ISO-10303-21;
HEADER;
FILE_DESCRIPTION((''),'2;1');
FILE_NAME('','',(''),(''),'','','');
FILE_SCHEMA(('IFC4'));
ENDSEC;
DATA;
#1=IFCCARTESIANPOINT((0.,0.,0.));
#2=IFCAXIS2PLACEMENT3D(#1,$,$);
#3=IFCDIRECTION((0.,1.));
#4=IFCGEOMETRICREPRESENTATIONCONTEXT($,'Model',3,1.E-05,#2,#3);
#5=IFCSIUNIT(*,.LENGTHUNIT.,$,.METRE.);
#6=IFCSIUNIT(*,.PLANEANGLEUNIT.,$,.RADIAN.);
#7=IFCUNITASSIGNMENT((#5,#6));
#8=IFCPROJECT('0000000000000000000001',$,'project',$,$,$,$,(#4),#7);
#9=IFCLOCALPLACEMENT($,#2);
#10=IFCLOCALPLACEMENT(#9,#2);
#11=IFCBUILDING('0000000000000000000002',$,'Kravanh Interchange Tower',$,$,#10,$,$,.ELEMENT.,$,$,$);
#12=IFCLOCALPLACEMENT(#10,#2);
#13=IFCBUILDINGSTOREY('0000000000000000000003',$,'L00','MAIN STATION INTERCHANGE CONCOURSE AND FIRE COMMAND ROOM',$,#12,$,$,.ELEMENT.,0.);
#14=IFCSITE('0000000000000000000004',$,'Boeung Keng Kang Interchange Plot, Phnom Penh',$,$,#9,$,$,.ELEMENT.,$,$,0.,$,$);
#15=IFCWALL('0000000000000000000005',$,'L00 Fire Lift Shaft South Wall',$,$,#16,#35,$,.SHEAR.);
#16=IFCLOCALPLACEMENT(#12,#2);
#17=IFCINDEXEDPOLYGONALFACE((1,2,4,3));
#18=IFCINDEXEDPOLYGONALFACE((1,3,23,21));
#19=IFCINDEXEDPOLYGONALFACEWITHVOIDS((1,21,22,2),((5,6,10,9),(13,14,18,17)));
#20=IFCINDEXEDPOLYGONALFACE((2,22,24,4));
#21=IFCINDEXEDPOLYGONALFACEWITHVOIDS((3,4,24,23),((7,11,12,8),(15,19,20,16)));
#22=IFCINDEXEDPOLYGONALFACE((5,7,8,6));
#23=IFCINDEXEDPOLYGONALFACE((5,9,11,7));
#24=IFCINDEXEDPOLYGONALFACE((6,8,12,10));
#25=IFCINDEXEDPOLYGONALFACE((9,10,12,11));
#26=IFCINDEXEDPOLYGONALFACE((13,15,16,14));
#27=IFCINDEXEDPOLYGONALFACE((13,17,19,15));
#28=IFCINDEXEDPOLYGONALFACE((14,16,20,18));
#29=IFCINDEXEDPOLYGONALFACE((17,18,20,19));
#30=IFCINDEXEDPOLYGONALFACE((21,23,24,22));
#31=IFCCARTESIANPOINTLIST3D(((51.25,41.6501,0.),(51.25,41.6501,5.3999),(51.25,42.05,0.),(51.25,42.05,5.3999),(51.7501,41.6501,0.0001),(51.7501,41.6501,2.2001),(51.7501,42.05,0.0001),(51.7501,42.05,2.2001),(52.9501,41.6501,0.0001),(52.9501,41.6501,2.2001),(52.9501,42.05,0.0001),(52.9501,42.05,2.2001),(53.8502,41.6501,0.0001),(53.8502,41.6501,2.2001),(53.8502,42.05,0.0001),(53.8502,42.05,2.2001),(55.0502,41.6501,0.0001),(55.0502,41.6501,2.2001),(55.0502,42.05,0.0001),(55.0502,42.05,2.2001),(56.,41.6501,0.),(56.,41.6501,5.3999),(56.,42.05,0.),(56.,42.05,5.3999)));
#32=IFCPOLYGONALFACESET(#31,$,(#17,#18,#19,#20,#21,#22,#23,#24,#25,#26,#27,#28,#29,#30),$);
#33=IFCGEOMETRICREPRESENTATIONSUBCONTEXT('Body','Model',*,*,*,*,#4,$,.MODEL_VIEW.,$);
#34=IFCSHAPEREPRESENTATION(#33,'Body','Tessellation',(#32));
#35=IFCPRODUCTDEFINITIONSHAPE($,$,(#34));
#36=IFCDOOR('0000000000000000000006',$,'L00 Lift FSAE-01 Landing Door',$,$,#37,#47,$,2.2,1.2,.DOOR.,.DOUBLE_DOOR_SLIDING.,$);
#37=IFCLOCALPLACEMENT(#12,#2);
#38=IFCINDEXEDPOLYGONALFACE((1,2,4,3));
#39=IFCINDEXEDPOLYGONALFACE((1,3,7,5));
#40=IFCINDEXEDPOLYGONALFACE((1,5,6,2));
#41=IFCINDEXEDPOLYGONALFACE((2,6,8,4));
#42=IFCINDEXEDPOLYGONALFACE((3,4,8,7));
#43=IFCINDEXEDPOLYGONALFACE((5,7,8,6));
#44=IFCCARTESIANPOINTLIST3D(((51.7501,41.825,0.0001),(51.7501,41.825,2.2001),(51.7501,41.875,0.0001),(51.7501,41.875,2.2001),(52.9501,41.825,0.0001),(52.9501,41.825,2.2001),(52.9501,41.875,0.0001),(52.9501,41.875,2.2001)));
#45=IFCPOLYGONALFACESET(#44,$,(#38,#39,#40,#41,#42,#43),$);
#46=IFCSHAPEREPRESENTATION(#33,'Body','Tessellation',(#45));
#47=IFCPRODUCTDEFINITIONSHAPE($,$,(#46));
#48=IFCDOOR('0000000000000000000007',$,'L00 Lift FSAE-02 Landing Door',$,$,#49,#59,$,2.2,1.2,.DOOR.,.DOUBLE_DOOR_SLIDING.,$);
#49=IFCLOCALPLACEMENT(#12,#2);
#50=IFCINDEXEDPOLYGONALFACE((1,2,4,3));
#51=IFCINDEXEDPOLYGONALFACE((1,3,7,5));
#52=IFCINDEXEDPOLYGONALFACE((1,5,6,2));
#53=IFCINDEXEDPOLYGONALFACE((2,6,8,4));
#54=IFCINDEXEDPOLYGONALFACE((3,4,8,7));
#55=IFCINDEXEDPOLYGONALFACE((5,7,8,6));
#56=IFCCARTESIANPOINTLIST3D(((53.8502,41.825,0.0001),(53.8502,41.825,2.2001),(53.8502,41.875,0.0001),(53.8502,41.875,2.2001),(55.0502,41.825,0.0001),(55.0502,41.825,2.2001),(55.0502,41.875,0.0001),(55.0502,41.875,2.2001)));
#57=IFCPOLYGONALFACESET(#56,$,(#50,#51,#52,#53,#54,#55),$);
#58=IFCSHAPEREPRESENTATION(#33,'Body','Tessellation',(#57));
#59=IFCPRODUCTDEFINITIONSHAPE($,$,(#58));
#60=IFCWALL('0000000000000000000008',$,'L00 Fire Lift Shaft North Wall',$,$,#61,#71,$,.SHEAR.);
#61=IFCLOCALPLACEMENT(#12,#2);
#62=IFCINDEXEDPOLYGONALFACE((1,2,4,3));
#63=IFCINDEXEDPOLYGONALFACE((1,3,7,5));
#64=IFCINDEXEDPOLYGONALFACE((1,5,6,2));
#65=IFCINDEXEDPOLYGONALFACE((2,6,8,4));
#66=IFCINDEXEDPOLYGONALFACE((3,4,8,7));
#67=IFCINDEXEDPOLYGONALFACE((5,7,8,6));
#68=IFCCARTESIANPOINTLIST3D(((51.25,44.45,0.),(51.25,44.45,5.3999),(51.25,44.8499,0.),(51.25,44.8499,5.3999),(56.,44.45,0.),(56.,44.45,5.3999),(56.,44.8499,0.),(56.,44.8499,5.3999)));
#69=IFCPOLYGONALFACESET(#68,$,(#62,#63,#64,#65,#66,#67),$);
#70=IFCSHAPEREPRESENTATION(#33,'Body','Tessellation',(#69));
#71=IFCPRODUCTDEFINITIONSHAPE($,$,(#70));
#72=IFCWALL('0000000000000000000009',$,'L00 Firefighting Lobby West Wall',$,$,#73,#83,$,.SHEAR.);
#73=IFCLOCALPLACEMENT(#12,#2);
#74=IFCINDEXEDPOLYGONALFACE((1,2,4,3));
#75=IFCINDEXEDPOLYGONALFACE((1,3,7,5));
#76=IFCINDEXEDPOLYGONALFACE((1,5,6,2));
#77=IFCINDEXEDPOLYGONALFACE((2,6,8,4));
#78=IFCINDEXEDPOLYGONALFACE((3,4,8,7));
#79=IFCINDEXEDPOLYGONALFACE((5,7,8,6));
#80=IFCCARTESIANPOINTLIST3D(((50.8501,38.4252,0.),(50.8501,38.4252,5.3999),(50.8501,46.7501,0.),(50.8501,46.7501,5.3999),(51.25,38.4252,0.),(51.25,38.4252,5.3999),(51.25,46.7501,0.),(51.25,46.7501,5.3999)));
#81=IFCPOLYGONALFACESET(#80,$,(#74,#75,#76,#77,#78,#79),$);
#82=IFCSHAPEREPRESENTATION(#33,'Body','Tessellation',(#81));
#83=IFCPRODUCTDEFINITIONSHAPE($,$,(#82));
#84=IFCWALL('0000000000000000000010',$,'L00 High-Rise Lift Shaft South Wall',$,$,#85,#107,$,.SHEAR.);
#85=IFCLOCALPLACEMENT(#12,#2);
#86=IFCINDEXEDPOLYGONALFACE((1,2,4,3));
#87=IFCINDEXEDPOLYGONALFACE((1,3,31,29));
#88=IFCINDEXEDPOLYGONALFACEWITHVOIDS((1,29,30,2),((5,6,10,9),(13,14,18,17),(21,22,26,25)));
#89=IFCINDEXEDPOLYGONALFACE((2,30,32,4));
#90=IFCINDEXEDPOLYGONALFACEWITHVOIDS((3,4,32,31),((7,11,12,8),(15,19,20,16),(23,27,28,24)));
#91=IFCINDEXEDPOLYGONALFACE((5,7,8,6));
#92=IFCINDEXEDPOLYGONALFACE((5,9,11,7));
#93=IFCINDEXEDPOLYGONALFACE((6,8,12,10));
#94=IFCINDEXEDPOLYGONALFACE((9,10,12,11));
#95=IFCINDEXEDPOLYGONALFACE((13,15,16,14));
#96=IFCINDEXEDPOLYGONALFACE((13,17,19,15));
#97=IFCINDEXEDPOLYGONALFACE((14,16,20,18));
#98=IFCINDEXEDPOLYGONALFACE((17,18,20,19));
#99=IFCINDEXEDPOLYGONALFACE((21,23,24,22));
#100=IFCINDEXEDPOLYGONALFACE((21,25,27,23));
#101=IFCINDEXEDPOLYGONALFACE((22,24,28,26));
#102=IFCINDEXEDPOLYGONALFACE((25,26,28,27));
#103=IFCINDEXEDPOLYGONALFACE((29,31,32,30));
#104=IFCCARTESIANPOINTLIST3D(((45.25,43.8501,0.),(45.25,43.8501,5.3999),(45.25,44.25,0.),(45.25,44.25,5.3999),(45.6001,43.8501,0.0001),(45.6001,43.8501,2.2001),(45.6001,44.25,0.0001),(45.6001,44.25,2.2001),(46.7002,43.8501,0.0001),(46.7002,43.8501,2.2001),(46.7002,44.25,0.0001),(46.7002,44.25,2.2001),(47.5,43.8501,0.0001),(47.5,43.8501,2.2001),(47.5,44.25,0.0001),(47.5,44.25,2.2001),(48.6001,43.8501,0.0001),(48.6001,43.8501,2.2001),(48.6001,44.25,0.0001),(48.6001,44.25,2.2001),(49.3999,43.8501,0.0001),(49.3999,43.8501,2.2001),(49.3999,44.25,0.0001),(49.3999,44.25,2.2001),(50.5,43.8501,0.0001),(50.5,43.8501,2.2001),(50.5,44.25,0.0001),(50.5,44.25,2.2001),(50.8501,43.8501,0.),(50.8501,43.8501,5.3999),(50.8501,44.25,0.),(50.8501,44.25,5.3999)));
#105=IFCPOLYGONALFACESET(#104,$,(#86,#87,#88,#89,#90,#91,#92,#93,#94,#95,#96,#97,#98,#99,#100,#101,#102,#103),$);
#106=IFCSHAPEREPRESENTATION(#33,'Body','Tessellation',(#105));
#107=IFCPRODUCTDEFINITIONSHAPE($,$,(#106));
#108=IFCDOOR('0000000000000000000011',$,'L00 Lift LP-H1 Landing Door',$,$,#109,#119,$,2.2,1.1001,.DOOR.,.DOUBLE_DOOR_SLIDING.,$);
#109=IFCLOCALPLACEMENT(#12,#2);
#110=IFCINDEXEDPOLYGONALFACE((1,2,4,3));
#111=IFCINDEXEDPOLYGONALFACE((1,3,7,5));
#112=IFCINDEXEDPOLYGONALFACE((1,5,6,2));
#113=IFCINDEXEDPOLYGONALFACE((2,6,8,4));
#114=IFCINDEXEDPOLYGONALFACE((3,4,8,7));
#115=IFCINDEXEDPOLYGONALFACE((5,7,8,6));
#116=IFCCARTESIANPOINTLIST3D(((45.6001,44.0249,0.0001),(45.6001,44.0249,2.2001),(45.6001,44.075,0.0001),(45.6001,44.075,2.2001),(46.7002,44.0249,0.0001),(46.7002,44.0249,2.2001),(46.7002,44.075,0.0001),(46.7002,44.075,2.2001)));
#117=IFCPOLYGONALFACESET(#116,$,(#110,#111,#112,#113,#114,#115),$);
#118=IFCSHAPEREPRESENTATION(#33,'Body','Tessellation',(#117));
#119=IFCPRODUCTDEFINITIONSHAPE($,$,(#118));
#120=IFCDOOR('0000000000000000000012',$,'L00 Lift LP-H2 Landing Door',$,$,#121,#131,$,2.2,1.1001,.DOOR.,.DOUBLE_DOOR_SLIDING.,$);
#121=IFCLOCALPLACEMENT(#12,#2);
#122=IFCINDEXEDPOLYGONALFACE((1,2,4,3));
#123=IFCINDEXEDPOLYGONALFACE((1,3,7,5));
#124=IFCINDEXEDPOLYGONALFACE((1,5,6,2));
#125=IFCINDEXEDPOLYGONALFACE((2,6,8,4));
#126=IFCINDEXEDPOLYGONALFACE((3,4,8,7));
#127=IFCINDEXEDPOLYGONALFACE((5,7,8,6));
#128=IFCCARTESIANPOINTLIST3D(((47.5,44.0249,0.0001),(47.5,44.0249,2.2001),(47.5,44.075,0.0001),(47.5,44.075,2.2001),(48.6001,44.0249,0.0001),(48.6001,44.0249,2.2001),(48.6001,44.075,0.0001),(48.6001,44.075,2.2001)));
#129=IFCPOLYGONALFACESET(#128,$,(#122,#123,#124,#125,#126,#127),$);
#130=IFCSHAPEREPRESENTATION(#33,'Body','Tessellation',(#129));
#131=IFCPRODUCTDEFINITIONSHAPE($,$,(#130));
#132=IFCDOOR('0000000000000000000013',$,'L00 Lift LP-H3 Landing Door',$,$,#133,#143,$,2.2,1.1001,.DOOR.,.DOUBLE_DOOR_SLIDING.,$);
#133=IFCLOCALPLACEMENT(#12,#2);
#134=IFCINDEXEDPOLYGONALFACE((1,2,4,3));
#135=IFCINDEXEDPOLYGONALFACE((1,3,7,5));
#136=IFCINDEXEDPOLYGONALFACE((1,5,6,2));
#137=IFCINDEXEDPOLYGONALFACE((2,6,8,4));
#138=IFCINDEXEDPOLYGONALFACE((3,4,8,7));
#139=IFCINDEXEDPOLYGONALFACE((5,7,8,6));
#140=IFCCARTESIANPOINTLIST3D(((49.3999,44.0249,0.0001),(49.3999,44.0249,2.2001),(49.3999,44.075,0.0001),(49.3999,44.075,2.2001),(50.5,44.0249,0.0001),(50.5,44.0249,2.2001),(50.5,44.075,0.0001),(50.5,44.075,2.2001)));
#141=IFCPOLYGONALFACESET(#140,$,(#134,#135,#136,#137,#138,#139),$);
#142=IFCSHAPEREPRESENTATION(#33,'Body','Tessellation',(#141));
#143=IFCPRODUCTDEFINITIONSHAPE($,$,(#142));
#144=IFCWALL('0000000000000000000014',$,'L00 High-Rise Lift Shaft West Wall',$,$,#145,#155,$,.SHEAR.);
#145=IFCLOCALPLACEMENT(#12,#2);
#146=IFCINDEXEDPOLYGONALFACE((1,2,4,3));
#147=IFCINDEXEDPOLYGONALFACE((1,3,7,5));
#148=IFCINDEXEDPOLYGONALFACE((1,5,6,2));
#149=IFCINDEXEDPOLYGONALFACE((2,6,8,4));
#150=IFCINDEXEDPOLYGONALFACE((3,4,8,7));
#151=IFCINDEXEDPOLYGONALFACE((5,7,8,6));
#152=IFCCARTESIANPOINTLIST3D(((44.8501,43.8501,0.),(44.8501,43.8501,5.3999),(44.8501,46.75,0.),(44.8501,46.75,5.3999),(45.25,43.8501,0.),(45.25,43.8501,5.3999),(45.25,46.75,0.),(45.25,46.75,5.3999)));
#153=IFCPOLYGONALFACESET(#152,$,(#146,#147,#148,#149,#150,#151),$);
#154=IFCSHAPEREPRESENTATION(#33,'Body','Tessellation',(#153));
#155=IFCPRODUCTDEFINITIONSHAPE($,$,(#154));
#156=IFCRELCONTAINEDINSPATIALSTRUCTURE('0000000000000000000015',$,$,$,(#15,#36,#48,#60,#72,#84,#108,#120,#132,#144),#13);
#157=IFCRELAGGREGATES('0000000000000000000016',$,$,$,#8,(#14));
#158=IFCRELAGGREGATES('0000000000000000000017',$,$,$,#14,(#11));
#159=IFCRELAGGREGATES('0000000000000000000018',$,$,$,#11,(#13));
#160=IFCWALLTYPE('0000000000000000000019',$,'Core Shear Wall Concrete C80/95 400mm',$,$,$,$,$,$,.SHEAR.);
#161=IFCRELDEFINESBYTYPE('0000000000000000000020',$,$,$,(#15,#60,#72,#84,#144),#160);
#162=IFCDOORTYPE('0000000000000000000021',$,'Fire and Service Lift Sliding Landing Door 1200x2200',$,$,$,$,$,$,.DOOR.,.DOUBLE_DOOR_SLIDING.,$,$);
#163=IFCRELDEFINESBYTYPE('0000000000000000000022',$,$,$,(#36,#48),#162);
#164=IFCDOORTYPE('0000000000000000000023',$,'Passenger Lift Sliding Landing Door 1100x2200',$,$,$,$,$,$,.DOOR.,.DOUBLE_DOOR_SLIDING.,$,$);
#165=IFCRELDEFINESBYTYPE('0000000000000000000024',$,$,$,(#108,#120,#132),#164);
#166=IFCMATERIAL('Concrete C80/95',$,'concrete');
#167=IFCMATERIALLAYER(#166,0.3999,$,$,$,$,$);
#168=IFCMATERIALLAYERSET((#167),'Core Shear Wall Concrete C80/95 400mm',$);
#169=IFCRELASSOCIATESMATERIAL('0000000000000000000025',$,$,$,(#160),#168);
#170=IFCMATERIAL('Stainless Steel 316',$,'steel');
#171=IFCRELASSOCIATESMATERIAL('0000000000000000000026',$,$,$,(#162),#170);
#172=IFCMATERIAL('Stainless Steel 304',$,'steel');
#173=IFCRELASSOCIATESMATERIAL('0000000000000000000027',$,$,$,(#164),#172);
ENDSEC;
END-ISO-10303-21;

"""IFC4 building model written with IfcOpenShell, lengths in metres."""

from ifc_helpers import new_model, si_unit, direction, frame, frame_2d, origin, place, context, subcontext, project, spatial, rectangle, extrude, material, layer, layer_set, type_object, element, fill, save


model = new_model("IFC4")

# Units and contexts
model_context = context("Model", 3, precision=1e-05, world=origin(), true_north=direction((0.0, 1.0)))
body_context = subcontext(model_context, "Body", "Model", "MODEL_VIEW")
ifc_project = project(units=[si_unit("LENGTHUNIT", "METRE"), si_unit("PLANEANGLEUNIT", "RADIAN")], contexts=[model_context])

# Site, building, storey
site_placement = place(None, origin())
site = spatial("IfcSite", under=ifc_project, at=site_placement, Name="Boeung Keng Kang Interchange Plot, Phnom Penh", CompositionType="ELEMENT", RefElevation=0.0)
building_placement = place(site_placement, origin())
building = spatial("IfcBuilding", under=site, at=building_placement, Name="Kravanh Interchange Tower", CompositionType="ELEMENT")
storey_placement = place(building_placement, origin())
storey = spatial("IfcBuildingStorey", under=building, at=storey_placement, Name="L00", Description="MAIN STATION INTERCHANGE CONCOURSE AND FIRE COMMAND ROOM", CompositionType="ELEMENT", Elevation=0.0)

# Wall, openings, doors
ifc_material_1 = material(Name="Concrete C80/95", Category="concrete")
ifc_layer_1 = layer(ifc_material_1, 0.3999)
ifc_layer_set_1 = layer_set([ifc_layer_1], Name="Core Shear Wall Concrete C80/95 400mm")
wall_type_1 = type_object("IfcWallType", Name="Core Shear Wall Concrete C80/95 400mm", PredefinedType="SHEAR", material=ifc_layer_set_1)
wall_1_placement = place(storey_placement, frame((51.25, 41.8501, 0.0), z_axis=(0.0, 0.0, 1.0), x_axis=(1.0, 0.0, 0.0)))
wall_1 = element("IfcWall", 1, at=wall_1_placement, inside=storey, type_object=wall_type_1, Name="L00 Fire Lift Shaft South Wall", PredefinedType="SHEAR", context=body_context, shape_type="SweptSolid", body=[
    extrude(rectangle(XDim=4.75, YDim=0.3999, at=frame_2d((2.375, 0.0))), origin(), (0.0, 0.0, 1.0), 5.3999),
])
opening_1_placement = place(wall_1_placement, frame((0.5, 0.0, 0.0)))
opening_1 = element("IfcOpeningElement", 2, at=opening_1_placement, cuts=wall_1, PredefinedType="OPENING", context=body_context, shape_type="SweptSolid", body=[
    extrude(rectangle(XDim=1.2, YDim=2.2, at=frame_2d((0.6001, 1.1001))), frame((0.0, 0.21, 0.0), z_axis=(0.0, -1.0, 0.0), x_axis=(1.0, 0.0, 0.0)), (0.0, 0.0, 1.0), 0.4199),
])
opening_2_placement = place(wall_1_placement, frame((2.6001, 0.0, 0.0)))
opening_2 = element("IfcOpeningElement", 3, at=opening_2_placement, cuts=wall_1, PredefinedType="OPENING", context=body_context, shape_type="SweptSolid", body=[
    extrude(rectangle(XDim=1.2, YDim=2.2, at=frame_2d((0.6001, 1.1001))), frame((0.0, 0.21, 0.0), z_axis=(0.0, -1.0, 0.0), x_axis=(1.0, 0.0, 0.0)), (0.0, 0.0, 1.0), 0.4199),
])
ifc_material_2 = material(Name="Stainless Steel 316", Category="steel")
door_type_1 = type_object("IfcDoorType", Name="Fire and Service Lift Sliding Landing Door 1200x2200", OperationType="DOUBLE_DOOR_SLIDING", PredefinedType="DOOR", material=ifc_material_2)
door_1_placement = place(opening_1_placement, origin())
door_1 = element("IfcDoor", 4, at=door_1_placement, inside=storey, type_object=door_type_1, Name="L00 Lift FSAE-01 Landing Door", OperationType="DOUBLE_DOOR_SLIDING", OverallHeight=2.2, OverallWidth=1.2, PredefinedType="DOOR", context=body_context, shape_type="SweptSolid", body=[
    extrude(rectangle(XDim=1.2, YDim=2.2, at=frame_2d((0.6001, 1.1001))), frame((0.0, 0.0249, 0.0), z_axis=(0.0, -1.0, 0.0), x_axis=(1.0, 0.0, 0.0)), (0.0, 0.0, 1.0), 0.05),
])
fill(opening_1, door_1)
door_2_placement = place(opening_2_placement, origin())
door_2 = element("IfcDoor", 5, at=door_2_placement, inside=storey, type_object=door_type_1, Name="L00 Lift FSAE-02 Landing Door", OperationType="DOUBLE_DOOR_SLIDING", OverallHeight=2.2, OverallWidth=1.2, PredefinedType="DOOR", context=body_context, shape_type="SweptSolid", body=[
    extrude(rectangle(XDim=1.2, YDim=2.2, at=frame_2d((0.6001, 1.1001))), frame((0.0, 0.0249, 0.0), z_axis=(0.0, -1.0, 0.0), x_axis=(1.0, 0.0, 0.0)), (0.0, 0.0, 1.0), 0.05),
])
fill(opening_2, door_2)

# Walls
wall_2_placement = place(storey_placement, frame((51.25, 44.6499, 0.0), z_axis=(0.0, 0.0, 1.0), x_axis=(1.0, 0.0, 0.0)))
element("IfcWall", 6, at=wall_2_placement, inside=storey, type_object=wall_type_1, Name="L00 Fire Lift Shaft North Wall", PredefinedType="SHEAR", context=body_context, shape_type="SweptSolid", body=[
    extrude(rectangle(XDim=4.75, YDim=0.3999, at=frame_2d((2.375, 0.0))), origin(), (0.0, 0.0, 1.0), 5.3999),
])
wall_3_placement = place(storey_placement, frame((51.05, 38.425, 0.0), z_axis=(0.0, 0.0, 1.0), x_axis=(0.0, 1.0, 0.0)))
element("IfcWall", 7, at=wall_3_placement, inside=storey, type_object=wall_type_1, Name="L00 Firefighting Lobby West Wall", PredefinedType="SHEAR", context=body_context, shape_type="SweptSolid", body=[
    extrude(rectangle(XDim=8.325, YDim=0.3999, at=frame_2d((4.1626, 0.0))), origin(), (0.0, 0.0, 1.0), 5.3999),
])

# Wall, openings, doors
wall_4_placement = place(storey_placement, frame((45.25, 44.05, 0.0), z_axis=(0.0, 0.0, 1.0), x_axis=(1.0, 0.0, 0.0)))
wall_4 = element("IfcWall", 8, at=wall_4_placement, inside=storey, type_object=wall_type_1, Name="L00 High-Rise Lift Shaft South Wall", PredefinedType="SHEAR", context=body_context, shape_type="SweptSolid", body=[
    extrude(rectangle(XDim=5.6001, YDim=0.3999, at=frame_2d((2.8, 0.0))), origin(), (0.0, 0.0, 1.0), 5.3999),
])
opening_3_placement = place(wall_4_placement, frame((0.3501, 0.0, 0.0)))
opening_3 = element("IfcOpeningElement", 9, at=opening_3_placement, cuts=wall_4, PredefinedType="OPENING", context=body_context, shape_type="SweptSolid", body=[
    extrude(rectangle(XDim=1.1001, YDim=2.2, at=frame_2d((0.55, 1.1001))), frame((0.0, 0.21, 0.0), z_axis=(0.0, -1.0, 0.0), x_axis=(1.0, 0.0, 0.0)), (0.0, 0.0, 1.0), 0.4199),
])
opening_4_placement = place(wall_4_placement, frame((2.25, 0.0, 0.0)))
opening_4 = element("IfcOpeningElement", 10, at=opening_4_placement, cuts=wall_4, PredefinedType="OPENING", context=body_context, shape_type="SweptSolid", body=[
    extrude(rectangle(XDim=1.1001, YDim=2.2, at=frame_2d((0.55, 1.1001))), frame((0.0, 0.21, 0.0), z_axis=(0.0, -1.0, 0.0), x_axis=(1.0, 0.0, 0.0)), (0.0, 0.0, 1.0), 0.4199),
])
opening_5_placement = place(wall_4_placement, frame((4.1499, 0.0, 0.0)))
opening_5 = element("IfcOpeningElement", 11, at=opening_5_placement, cuts=wall_4, PredefinedType="OPENING", context=body_context, shape_type="SweptSolid", body=[
    extrude(rectangle(XDim=1.1001, YDim=2.2, at=frame_2d((0.55, 1.1001))), frame((0.0, 0.21, 0.0), z_axis=(0.0, -1.0, 0.0), x_axis=(1.0, 0.0, 0.0)), (0.0, 0.0, 1.0), 0.4199),
])
ifc_material_3 = material(Name="Stainless Steel 304", Category="steel")
door_type_2 = type_object("IfcDoorType", Name="Passenger Lift Sliding Landing Door 1100x2200", OperationType="DOUBLE_DOOR_SLIDING", PredefinedType="DOOR", material=ifc_material_3)
door_3_placement = place(opening_3_placement, origin())
door_3 = element("IfcDoor", 12, at=door_3_placement, inside=storey, type_object=door_type_2, Name="L00 Lift LP-H1 Landing Door", OperationType="DOUBLE_DOOR_SLIDING", OverallHeight=2.2, OverallWidth=1.1001, PredefinedType="DOOR", context=body_context, shape_type="SweptSolid", body=[
    extrude(rectangle(XDim=1.1001, YDim=2.2, at=frame_2d((0.55, 1.1001))), frame((0.0, 0.0249, 0.0), z_axis=(0.0, -1.0, 0.0), x_axis=(1.0, 0.0, 0.0)), (0.0, 0.0, 1.0), 0.05),
])
fill(opening_3, door_3)
door_4_placement = place(opening_4_placement, origin())
door_4 = element("IfcDoor", 13, at=door_4_placement, inside=storey, type_object=door_type_2, Name="L00 Lift LP-H2 Landing Door", OperationType="DOUBLE_DOOR_SLIDING", OverallHeight=2.2, OverallWidth=1.1001, PredefinedType="DOOR", context=body_context, shape_type="SweptSolid", body=[
    extrude(rectangle(XDim=1.1001, YDim=2.2, at=frame_2d((0.55, 1.1001))), frame((0.0, 0.0249, 0.0), z_axis=(0.0, -1.0, 0.0), x_axis=(1.0, 0.0, 0.0)), (0.0, 0.0, 1.0), 0.05),
])
fill(opening_4, door_4)
door_5_placement = place(opening_5_placement, origin())
door_5 = element("IfcDoor", 14, at=door_5_placement, inside=storey, type_object=door_type_2, Name="L00 Lift LP-H3 Landing Door", OperationType="DOUBLE_DOOR_SLIDING", OverallHeight=2.2, OverallWidth=1.1001, PredefinedType="DOOR", context=body_context, shape_type="SweptSolid", body=[
    extrude(rectangle(XDim=1.1001, YDim=2.2, at=frame_2d((0.55, 1.1001))), frame((0.0, 0.0249, 0.0), z_axis=(0.0, -1.0, 0.0), x_axis=(1.0, 0.0, 0.0)), (0.0, 0.0, 1.0), 0.05),
])
fill(opening_5, door_5)

# Wall
wall_5_placement = place(storey_placement, frame((45.05, 43.8501, 0.0), z_axis=(0.0, 0.0, 1.0), x_axis=(0.0, 1.0, 0.0)))
element("IfcWall", 15, at=wall_5_placement, inside=storey, type_object=wall_type_1, Name="L00 High-Rise Lift Shaft West Wall", PredefinedType="SHEAR", context=body_context, shape_type="SweptSolid", body=[
    extrude(rectangle(XDim=2.8999, YDim=0.3999, at=frame_2d((1.45, 0.0))), origin(), (0.0, 0.0, 1.0), 5.3999),
])

save(model, "model.ifc")
